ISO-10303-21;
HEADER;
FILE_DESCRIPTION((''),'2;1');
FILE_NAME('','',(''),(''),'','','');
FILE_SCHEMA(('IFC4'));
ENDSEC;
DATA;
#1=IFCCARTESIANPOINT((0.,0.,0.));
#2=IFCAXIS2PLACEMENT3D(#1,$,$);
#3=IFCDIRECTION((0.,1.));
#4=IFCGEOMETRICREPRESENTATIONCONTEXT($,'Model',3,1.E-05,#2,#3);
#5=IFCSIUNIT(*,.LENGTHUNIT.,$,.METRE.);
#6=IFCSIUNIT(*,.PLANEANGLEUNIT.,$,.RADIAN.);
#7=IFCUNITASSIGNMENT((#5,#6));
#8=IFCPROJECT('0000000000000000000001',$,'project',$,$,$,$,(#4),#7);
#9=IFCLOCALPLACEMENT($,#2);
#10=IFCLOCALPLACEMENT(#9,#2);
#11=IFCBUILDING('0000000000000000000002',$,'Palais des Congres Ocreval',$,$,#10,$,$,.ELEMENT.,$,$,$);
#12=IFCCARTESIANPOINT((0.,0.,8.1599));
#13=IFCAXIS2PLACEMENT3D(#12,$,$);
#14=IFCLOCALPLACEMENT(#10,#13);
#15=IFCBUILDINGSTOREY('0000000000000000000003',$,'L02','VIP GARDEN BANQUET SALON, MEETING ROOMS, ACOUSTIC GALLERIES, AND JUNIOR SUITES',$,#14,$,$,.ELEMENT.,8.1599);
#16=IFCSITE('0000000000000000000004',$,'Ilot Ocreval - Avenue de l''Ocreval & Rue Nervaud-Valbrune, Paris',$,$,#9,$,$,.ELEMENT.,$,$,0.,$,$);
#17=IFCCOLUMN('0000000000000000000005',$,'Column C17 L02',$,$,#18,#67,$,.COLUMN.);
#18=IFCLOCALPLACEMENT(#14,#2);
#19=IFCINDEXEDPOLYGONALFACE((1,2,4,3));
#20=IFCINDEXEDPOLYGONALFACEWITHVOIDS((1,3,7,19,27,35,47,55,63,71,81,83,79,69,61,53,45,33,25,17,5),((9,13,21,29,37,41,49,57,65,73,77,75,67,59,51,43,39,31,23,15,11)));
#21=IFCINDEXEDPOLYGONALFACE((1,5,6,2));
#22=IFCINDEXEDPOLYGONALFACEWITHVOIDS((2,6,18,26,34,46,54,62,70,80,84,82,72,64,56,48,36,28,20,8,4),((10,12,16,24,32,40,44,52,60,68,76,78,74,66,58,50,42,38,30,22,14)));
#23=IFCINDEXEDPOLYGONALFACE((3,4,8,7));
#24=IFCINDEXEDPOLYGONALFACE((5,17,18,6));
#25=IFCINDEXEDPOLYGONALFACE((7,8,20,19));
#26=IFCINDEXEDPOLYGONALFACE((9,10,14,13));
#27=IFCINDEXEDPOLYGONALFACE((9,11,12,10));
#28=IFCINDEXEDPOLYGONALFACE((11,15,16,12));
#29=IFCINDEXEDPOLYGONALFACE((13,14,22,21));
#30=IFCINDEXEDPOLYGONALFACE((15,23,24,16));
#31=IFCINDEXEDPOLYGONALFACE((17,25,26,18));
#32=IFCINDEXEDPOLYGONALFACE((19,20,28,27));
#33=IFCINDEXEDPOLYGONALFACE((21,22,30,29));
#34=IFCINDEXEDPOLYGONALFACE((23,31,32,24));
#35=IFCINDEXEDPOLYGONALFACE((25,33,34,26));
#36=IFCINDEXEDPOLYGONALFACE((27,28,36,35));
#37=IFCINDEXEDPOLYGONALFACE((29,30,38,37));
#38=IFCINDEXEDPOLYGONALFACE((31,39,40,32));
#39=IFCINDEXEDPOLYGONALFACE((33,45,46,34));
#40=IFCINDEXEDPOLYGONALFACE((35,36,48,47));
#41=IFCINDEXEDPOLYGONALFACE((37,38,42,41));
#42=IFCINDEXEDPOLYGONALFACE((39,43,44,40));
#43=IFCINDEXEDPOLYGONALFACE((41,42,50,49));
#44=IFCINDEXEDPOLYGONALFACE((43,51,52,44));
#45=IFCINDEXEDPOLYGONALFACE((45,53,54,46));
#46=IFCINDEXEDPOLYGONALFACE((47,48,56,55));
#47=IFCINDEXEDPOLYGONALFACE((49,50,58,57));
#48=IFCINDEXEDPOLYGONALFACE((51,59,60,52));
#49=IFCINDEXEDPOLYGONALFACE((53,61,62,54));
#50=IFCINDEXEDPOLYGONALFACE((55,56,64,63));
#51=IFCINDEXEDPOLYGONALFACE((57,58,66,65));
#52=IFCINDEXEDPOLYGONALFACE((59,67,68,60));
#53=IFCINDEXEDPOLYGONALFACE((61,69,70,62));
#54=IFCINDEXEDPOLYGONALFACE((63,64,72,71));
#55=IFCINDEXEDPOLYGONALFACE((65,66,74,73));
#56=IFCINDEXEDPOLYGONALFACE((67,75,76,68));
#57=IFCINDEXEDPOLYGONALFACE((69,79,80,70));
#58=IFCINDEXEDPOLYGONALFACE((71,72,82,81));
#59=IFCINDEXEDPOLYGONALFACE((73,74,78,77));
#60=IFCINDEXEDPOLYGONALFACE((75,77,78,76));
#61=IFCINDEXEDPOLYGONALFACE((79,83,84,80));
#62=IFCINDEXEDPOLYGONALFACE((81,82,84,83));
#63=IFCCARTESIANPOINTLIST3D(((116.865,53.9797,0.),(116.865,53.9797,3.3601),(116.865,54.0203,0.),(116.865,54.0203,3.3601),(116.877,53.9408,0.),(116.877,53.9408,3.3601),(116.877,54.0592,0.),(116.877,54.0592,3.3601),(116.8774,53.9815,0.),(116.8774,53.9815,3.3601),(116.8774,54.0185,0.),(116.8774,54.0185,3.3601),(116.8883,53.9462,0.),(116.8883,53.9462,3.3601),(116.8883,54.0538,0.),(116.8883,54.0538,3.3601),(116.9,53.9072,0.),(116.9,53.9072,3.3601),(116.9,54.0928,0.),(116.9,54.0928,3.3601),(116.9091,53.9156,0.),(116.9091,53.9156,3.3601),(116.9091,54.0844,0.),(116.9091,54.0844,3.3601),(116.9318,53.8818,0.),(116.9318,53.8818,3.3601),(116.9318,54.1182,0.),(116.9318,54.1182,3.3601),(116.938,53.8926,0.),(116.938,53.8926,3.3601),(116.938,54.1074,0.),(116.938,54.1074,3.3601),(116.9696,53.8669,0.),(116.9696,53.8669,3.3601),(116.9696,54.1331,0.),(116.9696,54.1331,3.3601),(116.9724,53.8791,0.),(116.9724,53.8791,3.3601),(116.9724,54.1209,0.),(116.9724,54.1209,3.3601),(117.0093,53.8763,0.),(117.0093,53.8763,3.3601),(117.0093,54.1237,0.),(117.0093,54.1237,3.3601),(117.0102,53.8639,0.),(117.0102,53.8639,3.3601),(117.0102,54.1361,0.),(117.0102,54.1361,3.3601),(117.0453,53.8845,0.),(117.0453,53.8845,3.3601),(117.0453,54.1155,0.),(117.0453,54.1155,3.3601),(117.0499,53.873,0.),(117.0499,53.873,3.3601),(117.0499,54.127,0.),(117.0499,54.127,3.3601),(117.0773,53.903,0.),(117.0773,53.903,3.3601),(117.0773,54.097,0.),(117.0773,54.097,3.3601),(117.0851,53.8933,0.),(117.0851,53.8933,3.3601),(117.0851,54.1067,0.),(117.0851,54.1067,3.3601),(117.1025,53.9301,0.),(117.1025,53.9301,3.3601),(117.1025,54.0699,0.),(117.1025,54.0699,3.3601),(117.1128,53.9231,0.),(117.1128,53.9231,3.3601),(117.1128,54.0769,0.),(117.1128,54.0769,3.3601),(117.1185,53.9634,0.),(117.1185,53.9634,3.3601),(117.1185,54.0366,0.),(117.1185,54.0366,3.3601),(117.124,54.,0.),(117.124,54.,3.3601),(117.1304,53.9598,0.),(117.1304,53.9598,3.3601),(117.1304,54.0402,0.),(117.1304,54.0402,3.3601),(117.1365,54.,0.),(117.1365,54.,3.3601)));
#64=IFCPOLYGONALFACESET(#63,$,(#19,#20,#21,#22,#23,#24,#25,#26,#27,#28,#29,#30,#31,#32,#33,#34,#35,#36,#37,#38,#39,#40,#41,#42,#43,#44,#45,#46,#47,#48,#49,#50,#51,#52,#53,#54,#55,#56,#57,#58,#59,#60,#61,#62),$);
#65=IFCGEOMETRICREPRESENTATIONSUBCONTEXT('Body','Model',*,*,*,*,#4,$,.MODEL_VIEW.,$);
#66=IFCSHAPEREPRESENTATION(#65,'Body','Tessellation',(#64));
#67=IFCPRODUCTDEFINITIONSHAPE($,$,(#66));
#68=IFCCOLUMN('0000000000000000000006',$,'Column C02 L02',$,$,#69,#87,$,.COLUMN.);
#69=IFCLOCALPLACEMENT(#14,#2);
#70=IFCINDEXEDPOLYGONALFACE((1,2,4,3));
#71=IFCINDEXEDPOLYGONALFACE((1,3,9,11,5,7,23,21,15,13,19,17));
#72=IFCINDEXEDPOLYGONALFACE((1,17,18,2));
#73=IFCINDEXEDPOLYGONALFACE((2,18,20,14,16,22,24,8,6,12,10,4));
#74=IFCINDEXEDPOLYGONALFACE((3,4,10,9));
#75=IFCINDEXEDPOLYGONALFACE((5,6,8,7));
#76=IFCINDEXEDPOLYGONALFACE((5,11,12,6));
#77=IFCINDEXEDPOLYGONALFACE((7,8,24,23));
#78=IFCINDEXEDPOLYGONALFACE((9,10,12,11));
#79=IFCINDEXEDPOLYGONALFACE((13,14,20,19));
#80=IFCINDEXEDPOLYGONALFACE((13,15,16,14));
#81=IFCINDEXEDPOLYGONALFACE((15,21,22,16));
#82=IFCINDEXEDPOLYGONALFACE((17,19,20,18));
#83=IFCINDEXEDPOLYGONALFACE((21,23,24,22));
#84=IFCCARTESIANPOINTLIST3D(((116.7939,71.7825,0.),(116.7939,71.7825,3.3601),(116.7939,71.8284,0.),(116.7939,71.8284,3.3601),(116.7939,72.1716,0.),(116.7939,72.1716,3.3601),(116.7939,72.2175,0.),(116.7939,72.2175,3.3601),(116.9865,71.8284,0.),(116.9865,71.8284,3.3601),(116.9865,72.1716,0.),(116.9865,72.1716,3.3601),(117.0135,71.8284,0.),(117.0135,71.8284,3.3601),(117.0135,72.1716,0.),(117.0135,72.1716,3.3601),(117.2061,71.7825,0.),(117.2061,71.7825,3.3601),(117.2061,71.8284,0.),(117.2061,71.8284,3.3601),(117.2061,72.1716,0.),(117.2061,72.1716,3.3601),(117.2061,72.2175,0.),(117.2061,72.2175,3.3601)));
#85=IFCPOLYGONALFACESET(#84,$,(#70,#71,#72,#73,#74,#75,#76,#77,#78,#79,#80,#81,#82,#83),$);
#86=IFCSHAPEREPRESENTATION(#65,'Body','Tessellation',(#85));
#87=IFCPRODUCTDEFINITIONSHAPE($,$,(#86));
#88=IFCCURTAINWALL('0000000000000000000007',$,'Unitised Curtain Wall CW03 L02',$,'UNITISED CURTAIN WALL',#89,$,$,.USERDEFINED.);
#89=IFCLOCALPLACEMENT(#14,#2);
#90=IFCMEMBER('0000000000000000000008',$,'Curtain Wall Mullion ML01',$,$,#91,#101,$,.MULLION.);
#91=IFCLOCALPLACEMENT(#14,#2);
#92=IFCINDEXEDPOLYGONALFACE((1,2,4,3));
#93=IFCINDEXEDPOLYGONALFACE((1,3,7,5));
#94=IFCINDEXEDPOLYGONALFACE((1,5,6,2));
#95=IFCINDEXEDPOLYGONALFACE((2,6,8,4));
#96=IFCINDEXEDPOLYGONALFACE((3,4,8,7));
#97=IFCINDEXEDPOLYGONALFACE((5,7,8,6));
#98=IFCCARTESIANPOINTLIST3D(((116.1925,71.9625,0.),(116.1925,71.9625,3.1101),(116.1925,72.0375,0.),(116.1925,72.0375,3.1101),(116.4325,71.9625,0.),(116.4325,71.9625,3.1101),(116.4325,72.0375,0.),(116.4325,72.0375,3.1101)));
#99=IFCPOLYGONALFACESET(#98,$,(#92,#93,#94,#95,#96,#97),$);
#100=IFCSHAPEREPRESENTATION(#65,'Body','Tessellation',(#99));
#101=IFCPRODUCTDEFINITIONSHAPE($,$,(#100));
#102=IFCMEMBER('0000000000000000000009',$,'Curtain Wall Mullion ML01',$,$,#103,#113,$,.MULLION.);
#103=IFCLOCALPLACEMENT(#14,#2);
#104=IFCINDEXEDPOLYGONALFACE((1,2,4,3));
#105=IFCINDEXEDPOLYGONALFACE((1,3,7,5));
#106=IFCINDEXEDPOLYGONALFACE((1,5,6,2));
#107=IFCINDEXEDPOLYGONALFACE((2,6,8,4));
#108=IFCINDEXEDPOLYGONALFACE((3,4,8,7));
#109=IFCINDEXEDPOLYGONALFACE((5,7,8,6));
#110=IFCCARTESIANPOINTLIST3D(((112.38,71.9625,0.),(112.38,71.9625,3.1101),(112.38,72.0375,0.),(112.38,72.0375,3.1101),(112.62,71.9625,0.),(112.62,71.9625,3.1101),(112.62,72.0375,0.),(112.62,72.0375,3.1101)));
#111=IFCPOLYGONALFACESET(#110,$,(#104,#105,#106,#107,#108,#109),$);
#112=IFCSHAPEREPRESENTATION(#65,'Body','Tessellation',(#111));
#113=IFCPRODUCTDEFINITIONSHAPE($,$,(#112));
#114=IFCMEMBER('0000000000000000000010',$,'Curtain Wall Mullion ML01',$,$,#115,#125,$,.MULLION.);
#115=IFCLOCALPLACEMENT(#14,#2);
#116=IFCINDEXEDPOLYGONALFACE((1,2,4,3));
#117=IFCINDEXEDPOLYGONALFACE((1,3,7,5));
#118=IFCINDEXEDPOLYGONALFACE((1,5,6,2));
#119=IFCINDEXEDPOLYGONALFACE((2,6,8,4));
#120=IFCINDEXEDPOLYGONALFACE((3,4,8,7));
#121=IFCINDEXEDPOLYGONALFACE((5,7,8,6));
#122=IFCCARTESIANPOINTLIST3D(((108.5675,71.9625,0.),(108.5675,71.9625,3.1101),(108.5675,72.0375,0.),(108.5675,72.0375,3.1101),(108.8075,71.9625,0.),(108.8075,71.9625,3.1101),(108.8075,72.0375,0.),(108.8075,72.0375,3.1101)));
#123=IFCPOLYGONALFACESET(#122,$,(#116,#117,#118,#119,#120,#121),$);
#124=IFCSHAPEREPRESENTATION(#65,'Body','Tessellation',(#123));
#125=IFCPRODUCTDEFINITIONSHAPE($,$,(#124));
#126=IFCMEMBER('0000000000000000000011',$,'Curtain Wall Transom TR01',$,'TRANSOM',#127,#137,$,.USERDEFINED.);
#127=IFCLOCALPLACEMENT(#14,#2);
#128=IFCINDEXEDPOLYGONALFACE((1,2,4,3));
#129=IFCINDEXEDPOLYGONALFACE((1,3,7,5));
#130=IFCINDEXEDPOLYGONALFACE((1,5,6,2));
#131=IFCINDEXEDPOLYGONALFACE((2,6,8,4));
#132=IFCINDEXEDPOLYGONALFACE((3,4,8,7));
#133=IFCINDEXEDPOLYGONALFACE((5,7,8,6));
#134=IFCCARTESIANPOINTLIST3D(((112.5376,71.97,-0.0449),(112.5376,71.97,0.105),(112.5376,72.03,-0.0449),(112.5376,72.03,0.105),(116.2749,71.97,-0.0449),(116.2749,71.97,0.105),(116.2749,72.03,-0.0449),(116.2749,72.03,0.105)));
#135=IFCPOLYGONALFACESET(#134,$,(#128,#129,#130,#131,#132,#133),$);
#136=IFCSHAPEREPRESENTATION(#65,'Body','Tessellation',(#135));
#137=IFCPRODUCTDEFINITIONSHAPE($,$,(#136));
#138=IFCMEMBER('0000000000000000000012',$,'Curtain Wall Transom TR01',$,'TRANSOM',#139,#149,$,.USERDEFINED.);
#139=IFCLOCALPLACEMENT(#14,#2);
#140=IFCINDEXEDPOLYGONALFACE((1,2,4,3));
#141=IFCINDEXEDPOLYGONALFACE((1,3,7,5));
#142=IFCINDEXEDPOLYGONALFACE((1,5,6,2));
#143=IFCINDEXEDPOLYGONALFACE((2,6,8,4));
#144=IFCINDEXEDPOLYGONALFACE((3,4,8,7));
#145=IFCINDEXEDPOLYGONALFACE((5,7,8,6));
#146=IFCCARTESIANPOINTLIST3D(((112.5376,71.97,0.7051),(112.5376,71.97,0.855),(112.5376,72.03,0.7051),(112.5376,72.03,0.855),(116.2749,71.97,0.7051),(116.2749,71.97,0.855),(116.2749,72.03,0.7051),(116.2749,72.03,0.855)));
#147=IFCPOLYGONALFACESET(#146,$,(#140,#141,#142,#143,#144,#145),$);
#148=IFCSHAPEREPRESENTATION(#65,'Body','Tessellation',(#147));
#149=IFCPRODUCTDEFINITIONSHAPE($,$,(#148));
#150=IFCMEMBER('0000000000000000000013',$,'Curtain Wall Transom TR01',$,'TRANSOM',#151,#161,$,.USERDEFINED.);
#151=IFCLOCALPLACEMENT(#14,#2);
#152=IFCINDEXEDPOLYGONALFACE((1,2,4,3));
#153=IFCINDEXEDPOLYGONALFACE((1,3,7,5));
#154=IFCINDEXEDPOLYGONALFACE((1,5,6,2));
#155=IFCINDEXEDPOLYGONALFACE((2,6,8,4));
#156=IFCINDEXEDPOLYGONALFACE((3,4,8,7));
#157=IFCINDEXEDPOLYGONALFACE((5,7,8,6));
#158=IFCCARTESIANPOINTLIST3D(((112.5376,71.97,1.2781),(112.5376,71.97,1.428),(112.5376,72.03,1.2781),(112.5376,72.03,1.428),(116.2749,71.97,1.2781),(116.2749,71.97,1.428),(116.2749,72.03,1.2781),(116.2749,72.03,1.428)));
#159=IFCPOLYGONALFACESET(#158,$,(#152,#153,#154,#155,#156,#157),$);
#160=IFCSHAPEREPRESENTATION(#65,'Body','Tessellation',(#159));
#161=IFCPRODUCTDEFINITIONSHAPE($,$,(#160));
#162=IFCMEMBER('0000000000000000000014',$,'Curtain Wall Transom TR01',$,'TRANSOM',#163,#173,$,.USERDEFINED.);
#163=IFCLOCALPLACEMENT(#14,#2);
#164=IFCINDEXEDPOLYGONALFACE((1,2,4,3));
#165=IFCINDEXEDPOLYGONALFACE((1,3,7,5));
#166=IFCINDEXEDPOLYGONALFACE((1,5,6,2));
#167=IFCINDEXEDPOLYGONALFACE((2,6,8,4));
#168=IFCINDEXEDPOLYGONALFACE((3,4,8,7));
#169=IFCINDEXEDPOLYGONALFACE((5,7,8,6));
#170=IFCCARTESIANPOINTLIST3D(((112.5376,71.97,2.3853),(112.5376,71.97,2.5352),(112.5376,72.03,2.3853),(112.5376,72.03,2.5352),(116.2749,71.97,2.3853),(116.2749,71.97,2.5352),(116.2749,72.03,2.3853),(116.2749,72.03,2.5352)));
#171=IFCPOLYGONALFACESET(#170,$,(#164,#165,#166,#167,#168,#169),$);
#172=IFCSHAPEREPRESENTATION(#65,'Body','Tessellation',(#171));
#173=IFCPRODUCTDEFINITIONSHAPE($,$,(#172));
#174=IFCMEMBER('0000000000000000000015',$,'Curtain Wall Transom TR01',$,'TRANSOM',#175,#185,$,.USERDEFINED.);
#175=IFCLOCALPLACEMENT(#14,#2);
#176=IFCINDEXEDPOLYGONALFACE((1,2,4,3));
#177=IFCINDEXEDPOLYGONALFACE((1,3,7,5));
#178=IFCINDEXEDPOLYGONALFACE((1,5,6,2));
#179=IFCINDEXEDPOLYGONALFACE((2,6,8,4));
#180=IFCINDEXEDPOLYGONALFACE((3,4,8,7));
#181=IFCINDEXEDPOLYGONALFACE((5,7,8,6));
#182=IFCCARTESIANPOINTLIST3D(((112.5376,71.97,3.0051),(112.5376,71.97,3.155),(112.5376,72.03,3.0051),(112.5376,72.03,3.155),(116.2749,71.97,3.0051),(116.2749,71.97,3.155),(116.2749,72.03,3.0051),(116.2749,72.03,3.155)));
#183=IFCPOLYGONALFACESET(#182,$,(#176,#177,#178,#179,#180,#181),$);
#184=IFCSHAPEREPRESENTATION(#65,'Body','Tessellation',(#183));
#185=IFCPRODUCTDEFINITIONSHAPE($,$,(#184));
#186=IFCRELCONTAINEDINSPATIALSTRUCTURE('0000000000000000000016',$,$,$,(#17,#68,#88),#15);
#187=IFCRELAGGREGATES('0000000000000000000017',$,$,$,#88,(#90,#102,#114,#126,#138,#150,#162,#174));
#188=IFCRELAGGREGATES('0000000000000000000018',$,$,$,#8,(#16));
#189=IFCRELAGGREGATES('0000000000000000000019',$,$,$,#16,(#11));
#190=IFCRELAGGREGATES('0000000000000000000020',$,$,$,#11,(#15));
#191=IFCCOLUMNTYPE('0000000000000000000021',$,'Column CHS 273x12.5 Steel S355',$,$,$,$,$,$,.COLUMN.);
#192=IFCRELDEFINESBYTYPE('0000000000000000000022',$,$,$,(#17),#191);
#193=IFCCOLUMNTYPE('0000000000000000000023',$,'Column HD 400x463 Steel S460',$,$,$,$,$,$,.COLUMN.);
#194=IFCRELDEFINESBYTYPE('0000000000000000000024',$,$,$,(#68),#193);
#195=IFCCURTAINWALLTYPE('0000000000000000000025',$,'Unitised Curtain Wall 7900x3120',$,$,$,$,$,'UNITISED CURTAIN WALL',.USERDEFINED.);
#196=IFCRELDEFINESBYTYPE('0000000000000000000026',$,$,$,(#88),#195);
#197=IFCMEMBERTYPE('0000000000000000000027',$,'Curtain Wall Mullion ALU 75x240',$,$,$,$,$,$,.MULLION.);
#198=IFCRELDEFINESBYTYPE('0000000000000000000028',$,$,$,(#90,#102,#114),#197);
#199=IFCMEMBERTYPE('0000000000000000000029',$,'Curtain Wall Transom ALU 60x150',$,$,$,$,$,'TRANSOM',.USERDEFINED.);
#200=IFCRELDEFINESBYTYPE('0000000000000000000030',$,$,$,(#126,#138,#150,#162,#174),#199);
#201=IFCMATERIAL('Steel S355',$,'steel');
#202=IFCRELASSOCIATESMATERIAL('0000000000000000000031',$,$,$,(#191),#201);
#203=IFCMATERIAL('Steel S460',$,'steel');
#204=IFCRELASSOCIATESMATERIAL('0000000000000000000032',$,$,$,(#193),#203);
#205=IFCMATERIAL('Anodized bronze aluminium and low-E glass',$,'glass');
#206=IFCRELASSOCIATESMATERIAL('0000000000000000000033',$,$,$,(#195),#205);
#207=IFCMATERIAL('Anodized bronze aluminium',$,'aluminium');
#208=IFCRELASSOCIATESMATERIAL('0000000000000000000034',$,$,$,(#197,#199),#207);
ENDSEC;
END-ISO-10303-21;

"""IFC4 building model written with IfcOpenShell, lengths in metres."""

from ifc_helpers import new_model, si_unit, direction, frame, origin, origin_2d, place, context, subcontext, project, spatial, rectangle, hollow_circle, i_section, extrude, material, material_profile, profile_set, type_object, element, aggregate, save


model = new_model("IFC4")

# Units and contexts
model_context = context("Model", 3, precision=1e-05, world=origin(), true_north=direction((0.0, 1.0)))
body_context = subcontext(model_context, "Body", "Model", "MODEL_VIEW")
ifc_project = project(units=[si_unit("LENGTHUNIT", "METRE"), si_unit("PLANEANGLEUNIT", "RADIAN")], contexts=[model_context])

# Site, building, storey
site_placement = place(None, origin())
site = spatial("IfcSite", under=ifc_project, at=site_placement, Name="Ilot Ocreval - Avenue de l'Ocreval & Rue Nervaud-Valbrune, Paris", CompositionType="ELEMENT", RefElevation=0.0)
building_placement = place(site_placement, origin())
building = spatial("IfcBuilding", under=site, at=building_placement, Name="Palais des Congres Ocreval", CompositionType="ELEMENT")
storey_placement = place(building_placement, frame((0.0, 0.0, 8.1599)))
storey = spatial("IfcBuildingStorey", under=building, at=storey_placement, Name="L02", Description="VIP GARDEN BANQUET SALON, MEETING ROOMS, ACOUSTIC GALLERIES, AND JUNIOR SUITES", CompositionType="ELEMENT", Elevation=8.1599)

# Columns
ifc_material_1 = material(Name="Steel S355", Category="steel")
ifc_material_profile_1 = material_profile(ifc_material_1, hollow_circle(Radius=0.1365, WallThickness=0.0125, at=origin_2d()), Name="CHS 273x12.5")
ifc_profile_set_1 = profile_set([ifc_material_profile_1], Name="Steel S355")
column_type_1 = type_object("IfcColumnType", Name="Column CHS 273x12.5 Steel S355", PredefinedType="COLUMN", material=ifc_profile_set_1)
column_1_placement = place(storey_placement, frame((117.0, 54.0, 0.0), z_axis=(0.0, 0.0, 1.0), x_axis=(1.0, 0.0, 0.0)))
element("IfcColumn", 1, at=column_1_placement, inside=storey, type_object=column_type_1, Name="Column C17 L02", PredefinedType="COLUMN", context=body_context, shape_type="SweptSolid", body=[
    extrude(hollow_circle(Radius=0.1365, WallThickness=0.0125, at=origin_2d()), origin(), (0.0, 0.0, 1.0), 3.3601),
])
ifc_material_2 = material(Name="Steel S460", Category="steel")
ifc_material_profile_2 = material_profile(ifc_material_2, i_section(OverallWidth=0.4121, OverallDepth=0.4351, WebThickness=0.0271, FlangeThickness=0.0459, at=origin_2d()), Name="HD 400x463")
ifc_profile_set_2 = profile_set([ifc_material_profile_2], Name="Steel S460")
column_type_2 = type_object("IfcColumnType", Name="Column HD 400x463 Steel S460", PredefinedType="COLUMN", material=ifc_profile_set_2)
column_2_placement = place(storey_placement, frame((117.0, 72.0, 0.0), z_axis=(0.0, 0.0, 1.0), x_axis=(1.0, 0.0, 0.0)))
element("IfcColumn", 2, at=column_2_placement, inside=storey, type_object=column_type_2, Name="Column C02 L02", PredefinedType="COLUMN", context=body_context, shape_type="SweptSolid", body=[
    extrude(i_section(OverallWidth=0.4121, OverallDepth=0.4351, WebThickness=0.0271, FlangeThickness=0.0459, at=origin_2d()), origin(), (0.0, 0.0, 1.0), 3.3601),
])

# Curtain wall, members
ifc_material_3 = material(Name="Anodized bronze aluminium and low-E glass", Category="glass")
curtain_wall_type = type_object("IfcCurtainWallType", Name="Unitised Curtain Wall 7900x3120", ElementType="UNITISED CURTAIN WALL", PredefinedType="USERDEFINED", material=ifc_material_3)
curtain_wall_placement = place(storey_placement, origin())
curtain_wall = element("IfcCurtainWall", 3, at=curtain_wall_placement, inside=storey, type_object=curtain_wall_type, Name="Unitised Curtain Wall CW03 L02", ObjectType="UNITISED CURTAIN WALL", PredefinedType="USERDEFINED")
ifc_material_4 = material(Name="Anodized bronze aluminium", Category="aluminium")
ifc_material_profile_3 = material_profile(ifc_material_4, rectangle(XDim=0.075, YDim=0.24, at=origin_2d()), Name="ALU 75x240")
ifc_profile_set_3 = profile_set([ifc_material_profile_3], Name="Anodized bronze aluminium")
member_type_1 = type_object("IfcMemberType", Name="Curtain Wall Mullion ALU 75x240", PredefinedType="MULLION", material=ifc_profile_set_3)
member_1_placement = place(storey_placement, frame((116.3125, 72.0, 0.0), z_axis=(0.0, 0.0, 1.0), x_axis=(0.0, -1.0, 0.0)))
member_1 = element("IfcMember", 4, at=member_1_placement, type_object=member_type_1, Name="Curtain Wall Mullion ML01", PredefinedType="MULLION", context=body_context, shape_type="SweptSolid", body=[
    extrude(rectangle(XDim=0.075, YDim=0.24, at=origin_2d()), origin(), (0.0, 0.0, 1.0), 3.1101),
])
member_2_placement = place(storey_placement, frame((112.5, 72.0, 0.0), z_axis=(0.0, 0.0, 1.0), x_axis=(0.0, -1.0, 0.0)))
member_2 = element("IfcMember", 5, at=member_2_placement, type_object=member_type_1, Name="Curtain Wall Mullion ML01", PredefinedType="MULLION", context=body_context, shape_type="SweptSolid", body=[
    extrude(rectangle(XDim=0.075, YDim=0.24, at=origin_2d()), origin(), (0.0, 0.0, 1.0), 3.1101),
])
member_3_placement = place(storey_placement, frame((108.6875, 72.0, 0.0), z_axis=(0.0, 0.0, 1.0), x_axis=(0.0, -1.0, 0.0)))
member_3 = element("IfcMember", 6, at=member_3_placement, type_object=member_type_1, Name="Curtain Wall Mullion ML01", PredefinedType="MULLION", context=body_context, shape_type="SweptSolid", body=[
    extrude(rectangle(XDim=0.075, YDim=0.24, at=origin_2d()), origin(), (0.0, 0.0, 1.0), 3.1101),
])
ifc_material_profile_4 = material_profile(ifc_material_4, rectangle(XDim=0.0601, YDim=0.1499, at=origin_2d()), Name="ALU 60x150")
ifc_profile_set_4 = profile_set([ifc_material_profile_4], Name="Anodized bronze aluminium")
member_type_2 = type_object("IfcMemberType", Name="Curtain Wall Transom ALU 60x150", ElementType="TRANSOM", PredefinedType="USERDEFINED", material=ifc_profile_set_4)
member_4_placement = place(storey_placement, frame((116.2749, 72.0, 0.03), z_axis=(-1.0, 0.0, 0.0), x_axis=(0.0, -1.0, 0.0)))
member_4 = element("IfcMember", 7, at=member_4_placement, type_object=member_type_2, Name="Curtain Wall Transom TR01", ObjectType="TRANSOM", PredefinedType="USERDEFINED", context=body_context, shape_type="SweptSolid", body=[
    extrude(rectangle(XDim=0.0601, YDim=0.1499, at=origin_2d()), origin(), (0.0, 0.0, 1.0), 3.7373),
])
member_5_placement = place(storey_placement, frame((116.2749, 72.0, 0.78), z_axis=(-1.0, 0.0, 0.0), x_axis=(0.0, -1.0, 0.0)))
member_5 = element("IfcMember", 8, at=member_5_placement, type_object=member_type_2, Name="Curtain Wall Transom TR01", ObjectType="TRANSOM", PredefinedType="USERDEFINED", context=body_context, shape_type="SweptSolid", body=[
    extrude(rectangle(XDim=0.0601, YDim=0.1499, at=origin_2d()), origin(), (0.0, 0.0, 1.0), 3.7373),
])
member_6_placement = place(storey_placement, frame((116.2749, 72.0, 1.353), z_axis=(-1.0, 0.0, 0.0), x_axis=(0.0, -1.0, 0.0)))
member_6 = element("IfcMember", 9, at=member_6_placement, type_object=member_type_2, Name="Curtain Wall Transom TR01", ObjectType="TRANSOM", PredefinedType="USERDEFINED", context=body_context, shape_type="SweptSolid", body=[
    extrude(rectangle(XDim=0.0601, YDim=0.1499, at=origin_2d()), origin(), (0.0, 0.0, 1.0), 3.7373),
])
member_7_placement = place(storey_placement, frame((116.2749, 72.0, 2.4602), z_axis=(-1.0, 0.0, 0.0), x_axis=(0.0, -1.0, 0.0)))
member_7 = element("IfcMember", 10, at=member_7_placement, type_object=member_type_2, Name="Curtain Wall Transom TR01", ObjectType="TRANSOM", PredefinedType="USERDEFINED", context=body_context, shape_type="SweptSolid", body=[
    extrude(rectangle(XDim=0.0601, YDim=0.1499, at=origin_2d()), origin(), (0.0, 0.0, 1.0), 3.7373),
])
member_8_placement = place(storey_placement, frame((116.2749, 72.0, 3.0801), z_axis=(-1.0, 0.0, 0.0), x_axis=(0.0, -1.0, 0.0)))
member_8 = element("IfcMember", 11, at=member_8_placement, type_object=member_type_2, Name="Curtain Wall Transom TR01", ObjectType="TRANSOM", PredefinedType="USERDEFINED", context=body_context, shape_type="SweptSolid", body=[
    extrude(rectangle(XDim=0.0601, YDim=0.1499, at=origin_2d()), origin(), (0.0, 0.0, 1.0), 3.7373),
])

aggregate(curtain_wall, [member_1, member_2, member_3, member_4, member_5, member_6, member_7, member_8])

save(model, "model.ifc")
